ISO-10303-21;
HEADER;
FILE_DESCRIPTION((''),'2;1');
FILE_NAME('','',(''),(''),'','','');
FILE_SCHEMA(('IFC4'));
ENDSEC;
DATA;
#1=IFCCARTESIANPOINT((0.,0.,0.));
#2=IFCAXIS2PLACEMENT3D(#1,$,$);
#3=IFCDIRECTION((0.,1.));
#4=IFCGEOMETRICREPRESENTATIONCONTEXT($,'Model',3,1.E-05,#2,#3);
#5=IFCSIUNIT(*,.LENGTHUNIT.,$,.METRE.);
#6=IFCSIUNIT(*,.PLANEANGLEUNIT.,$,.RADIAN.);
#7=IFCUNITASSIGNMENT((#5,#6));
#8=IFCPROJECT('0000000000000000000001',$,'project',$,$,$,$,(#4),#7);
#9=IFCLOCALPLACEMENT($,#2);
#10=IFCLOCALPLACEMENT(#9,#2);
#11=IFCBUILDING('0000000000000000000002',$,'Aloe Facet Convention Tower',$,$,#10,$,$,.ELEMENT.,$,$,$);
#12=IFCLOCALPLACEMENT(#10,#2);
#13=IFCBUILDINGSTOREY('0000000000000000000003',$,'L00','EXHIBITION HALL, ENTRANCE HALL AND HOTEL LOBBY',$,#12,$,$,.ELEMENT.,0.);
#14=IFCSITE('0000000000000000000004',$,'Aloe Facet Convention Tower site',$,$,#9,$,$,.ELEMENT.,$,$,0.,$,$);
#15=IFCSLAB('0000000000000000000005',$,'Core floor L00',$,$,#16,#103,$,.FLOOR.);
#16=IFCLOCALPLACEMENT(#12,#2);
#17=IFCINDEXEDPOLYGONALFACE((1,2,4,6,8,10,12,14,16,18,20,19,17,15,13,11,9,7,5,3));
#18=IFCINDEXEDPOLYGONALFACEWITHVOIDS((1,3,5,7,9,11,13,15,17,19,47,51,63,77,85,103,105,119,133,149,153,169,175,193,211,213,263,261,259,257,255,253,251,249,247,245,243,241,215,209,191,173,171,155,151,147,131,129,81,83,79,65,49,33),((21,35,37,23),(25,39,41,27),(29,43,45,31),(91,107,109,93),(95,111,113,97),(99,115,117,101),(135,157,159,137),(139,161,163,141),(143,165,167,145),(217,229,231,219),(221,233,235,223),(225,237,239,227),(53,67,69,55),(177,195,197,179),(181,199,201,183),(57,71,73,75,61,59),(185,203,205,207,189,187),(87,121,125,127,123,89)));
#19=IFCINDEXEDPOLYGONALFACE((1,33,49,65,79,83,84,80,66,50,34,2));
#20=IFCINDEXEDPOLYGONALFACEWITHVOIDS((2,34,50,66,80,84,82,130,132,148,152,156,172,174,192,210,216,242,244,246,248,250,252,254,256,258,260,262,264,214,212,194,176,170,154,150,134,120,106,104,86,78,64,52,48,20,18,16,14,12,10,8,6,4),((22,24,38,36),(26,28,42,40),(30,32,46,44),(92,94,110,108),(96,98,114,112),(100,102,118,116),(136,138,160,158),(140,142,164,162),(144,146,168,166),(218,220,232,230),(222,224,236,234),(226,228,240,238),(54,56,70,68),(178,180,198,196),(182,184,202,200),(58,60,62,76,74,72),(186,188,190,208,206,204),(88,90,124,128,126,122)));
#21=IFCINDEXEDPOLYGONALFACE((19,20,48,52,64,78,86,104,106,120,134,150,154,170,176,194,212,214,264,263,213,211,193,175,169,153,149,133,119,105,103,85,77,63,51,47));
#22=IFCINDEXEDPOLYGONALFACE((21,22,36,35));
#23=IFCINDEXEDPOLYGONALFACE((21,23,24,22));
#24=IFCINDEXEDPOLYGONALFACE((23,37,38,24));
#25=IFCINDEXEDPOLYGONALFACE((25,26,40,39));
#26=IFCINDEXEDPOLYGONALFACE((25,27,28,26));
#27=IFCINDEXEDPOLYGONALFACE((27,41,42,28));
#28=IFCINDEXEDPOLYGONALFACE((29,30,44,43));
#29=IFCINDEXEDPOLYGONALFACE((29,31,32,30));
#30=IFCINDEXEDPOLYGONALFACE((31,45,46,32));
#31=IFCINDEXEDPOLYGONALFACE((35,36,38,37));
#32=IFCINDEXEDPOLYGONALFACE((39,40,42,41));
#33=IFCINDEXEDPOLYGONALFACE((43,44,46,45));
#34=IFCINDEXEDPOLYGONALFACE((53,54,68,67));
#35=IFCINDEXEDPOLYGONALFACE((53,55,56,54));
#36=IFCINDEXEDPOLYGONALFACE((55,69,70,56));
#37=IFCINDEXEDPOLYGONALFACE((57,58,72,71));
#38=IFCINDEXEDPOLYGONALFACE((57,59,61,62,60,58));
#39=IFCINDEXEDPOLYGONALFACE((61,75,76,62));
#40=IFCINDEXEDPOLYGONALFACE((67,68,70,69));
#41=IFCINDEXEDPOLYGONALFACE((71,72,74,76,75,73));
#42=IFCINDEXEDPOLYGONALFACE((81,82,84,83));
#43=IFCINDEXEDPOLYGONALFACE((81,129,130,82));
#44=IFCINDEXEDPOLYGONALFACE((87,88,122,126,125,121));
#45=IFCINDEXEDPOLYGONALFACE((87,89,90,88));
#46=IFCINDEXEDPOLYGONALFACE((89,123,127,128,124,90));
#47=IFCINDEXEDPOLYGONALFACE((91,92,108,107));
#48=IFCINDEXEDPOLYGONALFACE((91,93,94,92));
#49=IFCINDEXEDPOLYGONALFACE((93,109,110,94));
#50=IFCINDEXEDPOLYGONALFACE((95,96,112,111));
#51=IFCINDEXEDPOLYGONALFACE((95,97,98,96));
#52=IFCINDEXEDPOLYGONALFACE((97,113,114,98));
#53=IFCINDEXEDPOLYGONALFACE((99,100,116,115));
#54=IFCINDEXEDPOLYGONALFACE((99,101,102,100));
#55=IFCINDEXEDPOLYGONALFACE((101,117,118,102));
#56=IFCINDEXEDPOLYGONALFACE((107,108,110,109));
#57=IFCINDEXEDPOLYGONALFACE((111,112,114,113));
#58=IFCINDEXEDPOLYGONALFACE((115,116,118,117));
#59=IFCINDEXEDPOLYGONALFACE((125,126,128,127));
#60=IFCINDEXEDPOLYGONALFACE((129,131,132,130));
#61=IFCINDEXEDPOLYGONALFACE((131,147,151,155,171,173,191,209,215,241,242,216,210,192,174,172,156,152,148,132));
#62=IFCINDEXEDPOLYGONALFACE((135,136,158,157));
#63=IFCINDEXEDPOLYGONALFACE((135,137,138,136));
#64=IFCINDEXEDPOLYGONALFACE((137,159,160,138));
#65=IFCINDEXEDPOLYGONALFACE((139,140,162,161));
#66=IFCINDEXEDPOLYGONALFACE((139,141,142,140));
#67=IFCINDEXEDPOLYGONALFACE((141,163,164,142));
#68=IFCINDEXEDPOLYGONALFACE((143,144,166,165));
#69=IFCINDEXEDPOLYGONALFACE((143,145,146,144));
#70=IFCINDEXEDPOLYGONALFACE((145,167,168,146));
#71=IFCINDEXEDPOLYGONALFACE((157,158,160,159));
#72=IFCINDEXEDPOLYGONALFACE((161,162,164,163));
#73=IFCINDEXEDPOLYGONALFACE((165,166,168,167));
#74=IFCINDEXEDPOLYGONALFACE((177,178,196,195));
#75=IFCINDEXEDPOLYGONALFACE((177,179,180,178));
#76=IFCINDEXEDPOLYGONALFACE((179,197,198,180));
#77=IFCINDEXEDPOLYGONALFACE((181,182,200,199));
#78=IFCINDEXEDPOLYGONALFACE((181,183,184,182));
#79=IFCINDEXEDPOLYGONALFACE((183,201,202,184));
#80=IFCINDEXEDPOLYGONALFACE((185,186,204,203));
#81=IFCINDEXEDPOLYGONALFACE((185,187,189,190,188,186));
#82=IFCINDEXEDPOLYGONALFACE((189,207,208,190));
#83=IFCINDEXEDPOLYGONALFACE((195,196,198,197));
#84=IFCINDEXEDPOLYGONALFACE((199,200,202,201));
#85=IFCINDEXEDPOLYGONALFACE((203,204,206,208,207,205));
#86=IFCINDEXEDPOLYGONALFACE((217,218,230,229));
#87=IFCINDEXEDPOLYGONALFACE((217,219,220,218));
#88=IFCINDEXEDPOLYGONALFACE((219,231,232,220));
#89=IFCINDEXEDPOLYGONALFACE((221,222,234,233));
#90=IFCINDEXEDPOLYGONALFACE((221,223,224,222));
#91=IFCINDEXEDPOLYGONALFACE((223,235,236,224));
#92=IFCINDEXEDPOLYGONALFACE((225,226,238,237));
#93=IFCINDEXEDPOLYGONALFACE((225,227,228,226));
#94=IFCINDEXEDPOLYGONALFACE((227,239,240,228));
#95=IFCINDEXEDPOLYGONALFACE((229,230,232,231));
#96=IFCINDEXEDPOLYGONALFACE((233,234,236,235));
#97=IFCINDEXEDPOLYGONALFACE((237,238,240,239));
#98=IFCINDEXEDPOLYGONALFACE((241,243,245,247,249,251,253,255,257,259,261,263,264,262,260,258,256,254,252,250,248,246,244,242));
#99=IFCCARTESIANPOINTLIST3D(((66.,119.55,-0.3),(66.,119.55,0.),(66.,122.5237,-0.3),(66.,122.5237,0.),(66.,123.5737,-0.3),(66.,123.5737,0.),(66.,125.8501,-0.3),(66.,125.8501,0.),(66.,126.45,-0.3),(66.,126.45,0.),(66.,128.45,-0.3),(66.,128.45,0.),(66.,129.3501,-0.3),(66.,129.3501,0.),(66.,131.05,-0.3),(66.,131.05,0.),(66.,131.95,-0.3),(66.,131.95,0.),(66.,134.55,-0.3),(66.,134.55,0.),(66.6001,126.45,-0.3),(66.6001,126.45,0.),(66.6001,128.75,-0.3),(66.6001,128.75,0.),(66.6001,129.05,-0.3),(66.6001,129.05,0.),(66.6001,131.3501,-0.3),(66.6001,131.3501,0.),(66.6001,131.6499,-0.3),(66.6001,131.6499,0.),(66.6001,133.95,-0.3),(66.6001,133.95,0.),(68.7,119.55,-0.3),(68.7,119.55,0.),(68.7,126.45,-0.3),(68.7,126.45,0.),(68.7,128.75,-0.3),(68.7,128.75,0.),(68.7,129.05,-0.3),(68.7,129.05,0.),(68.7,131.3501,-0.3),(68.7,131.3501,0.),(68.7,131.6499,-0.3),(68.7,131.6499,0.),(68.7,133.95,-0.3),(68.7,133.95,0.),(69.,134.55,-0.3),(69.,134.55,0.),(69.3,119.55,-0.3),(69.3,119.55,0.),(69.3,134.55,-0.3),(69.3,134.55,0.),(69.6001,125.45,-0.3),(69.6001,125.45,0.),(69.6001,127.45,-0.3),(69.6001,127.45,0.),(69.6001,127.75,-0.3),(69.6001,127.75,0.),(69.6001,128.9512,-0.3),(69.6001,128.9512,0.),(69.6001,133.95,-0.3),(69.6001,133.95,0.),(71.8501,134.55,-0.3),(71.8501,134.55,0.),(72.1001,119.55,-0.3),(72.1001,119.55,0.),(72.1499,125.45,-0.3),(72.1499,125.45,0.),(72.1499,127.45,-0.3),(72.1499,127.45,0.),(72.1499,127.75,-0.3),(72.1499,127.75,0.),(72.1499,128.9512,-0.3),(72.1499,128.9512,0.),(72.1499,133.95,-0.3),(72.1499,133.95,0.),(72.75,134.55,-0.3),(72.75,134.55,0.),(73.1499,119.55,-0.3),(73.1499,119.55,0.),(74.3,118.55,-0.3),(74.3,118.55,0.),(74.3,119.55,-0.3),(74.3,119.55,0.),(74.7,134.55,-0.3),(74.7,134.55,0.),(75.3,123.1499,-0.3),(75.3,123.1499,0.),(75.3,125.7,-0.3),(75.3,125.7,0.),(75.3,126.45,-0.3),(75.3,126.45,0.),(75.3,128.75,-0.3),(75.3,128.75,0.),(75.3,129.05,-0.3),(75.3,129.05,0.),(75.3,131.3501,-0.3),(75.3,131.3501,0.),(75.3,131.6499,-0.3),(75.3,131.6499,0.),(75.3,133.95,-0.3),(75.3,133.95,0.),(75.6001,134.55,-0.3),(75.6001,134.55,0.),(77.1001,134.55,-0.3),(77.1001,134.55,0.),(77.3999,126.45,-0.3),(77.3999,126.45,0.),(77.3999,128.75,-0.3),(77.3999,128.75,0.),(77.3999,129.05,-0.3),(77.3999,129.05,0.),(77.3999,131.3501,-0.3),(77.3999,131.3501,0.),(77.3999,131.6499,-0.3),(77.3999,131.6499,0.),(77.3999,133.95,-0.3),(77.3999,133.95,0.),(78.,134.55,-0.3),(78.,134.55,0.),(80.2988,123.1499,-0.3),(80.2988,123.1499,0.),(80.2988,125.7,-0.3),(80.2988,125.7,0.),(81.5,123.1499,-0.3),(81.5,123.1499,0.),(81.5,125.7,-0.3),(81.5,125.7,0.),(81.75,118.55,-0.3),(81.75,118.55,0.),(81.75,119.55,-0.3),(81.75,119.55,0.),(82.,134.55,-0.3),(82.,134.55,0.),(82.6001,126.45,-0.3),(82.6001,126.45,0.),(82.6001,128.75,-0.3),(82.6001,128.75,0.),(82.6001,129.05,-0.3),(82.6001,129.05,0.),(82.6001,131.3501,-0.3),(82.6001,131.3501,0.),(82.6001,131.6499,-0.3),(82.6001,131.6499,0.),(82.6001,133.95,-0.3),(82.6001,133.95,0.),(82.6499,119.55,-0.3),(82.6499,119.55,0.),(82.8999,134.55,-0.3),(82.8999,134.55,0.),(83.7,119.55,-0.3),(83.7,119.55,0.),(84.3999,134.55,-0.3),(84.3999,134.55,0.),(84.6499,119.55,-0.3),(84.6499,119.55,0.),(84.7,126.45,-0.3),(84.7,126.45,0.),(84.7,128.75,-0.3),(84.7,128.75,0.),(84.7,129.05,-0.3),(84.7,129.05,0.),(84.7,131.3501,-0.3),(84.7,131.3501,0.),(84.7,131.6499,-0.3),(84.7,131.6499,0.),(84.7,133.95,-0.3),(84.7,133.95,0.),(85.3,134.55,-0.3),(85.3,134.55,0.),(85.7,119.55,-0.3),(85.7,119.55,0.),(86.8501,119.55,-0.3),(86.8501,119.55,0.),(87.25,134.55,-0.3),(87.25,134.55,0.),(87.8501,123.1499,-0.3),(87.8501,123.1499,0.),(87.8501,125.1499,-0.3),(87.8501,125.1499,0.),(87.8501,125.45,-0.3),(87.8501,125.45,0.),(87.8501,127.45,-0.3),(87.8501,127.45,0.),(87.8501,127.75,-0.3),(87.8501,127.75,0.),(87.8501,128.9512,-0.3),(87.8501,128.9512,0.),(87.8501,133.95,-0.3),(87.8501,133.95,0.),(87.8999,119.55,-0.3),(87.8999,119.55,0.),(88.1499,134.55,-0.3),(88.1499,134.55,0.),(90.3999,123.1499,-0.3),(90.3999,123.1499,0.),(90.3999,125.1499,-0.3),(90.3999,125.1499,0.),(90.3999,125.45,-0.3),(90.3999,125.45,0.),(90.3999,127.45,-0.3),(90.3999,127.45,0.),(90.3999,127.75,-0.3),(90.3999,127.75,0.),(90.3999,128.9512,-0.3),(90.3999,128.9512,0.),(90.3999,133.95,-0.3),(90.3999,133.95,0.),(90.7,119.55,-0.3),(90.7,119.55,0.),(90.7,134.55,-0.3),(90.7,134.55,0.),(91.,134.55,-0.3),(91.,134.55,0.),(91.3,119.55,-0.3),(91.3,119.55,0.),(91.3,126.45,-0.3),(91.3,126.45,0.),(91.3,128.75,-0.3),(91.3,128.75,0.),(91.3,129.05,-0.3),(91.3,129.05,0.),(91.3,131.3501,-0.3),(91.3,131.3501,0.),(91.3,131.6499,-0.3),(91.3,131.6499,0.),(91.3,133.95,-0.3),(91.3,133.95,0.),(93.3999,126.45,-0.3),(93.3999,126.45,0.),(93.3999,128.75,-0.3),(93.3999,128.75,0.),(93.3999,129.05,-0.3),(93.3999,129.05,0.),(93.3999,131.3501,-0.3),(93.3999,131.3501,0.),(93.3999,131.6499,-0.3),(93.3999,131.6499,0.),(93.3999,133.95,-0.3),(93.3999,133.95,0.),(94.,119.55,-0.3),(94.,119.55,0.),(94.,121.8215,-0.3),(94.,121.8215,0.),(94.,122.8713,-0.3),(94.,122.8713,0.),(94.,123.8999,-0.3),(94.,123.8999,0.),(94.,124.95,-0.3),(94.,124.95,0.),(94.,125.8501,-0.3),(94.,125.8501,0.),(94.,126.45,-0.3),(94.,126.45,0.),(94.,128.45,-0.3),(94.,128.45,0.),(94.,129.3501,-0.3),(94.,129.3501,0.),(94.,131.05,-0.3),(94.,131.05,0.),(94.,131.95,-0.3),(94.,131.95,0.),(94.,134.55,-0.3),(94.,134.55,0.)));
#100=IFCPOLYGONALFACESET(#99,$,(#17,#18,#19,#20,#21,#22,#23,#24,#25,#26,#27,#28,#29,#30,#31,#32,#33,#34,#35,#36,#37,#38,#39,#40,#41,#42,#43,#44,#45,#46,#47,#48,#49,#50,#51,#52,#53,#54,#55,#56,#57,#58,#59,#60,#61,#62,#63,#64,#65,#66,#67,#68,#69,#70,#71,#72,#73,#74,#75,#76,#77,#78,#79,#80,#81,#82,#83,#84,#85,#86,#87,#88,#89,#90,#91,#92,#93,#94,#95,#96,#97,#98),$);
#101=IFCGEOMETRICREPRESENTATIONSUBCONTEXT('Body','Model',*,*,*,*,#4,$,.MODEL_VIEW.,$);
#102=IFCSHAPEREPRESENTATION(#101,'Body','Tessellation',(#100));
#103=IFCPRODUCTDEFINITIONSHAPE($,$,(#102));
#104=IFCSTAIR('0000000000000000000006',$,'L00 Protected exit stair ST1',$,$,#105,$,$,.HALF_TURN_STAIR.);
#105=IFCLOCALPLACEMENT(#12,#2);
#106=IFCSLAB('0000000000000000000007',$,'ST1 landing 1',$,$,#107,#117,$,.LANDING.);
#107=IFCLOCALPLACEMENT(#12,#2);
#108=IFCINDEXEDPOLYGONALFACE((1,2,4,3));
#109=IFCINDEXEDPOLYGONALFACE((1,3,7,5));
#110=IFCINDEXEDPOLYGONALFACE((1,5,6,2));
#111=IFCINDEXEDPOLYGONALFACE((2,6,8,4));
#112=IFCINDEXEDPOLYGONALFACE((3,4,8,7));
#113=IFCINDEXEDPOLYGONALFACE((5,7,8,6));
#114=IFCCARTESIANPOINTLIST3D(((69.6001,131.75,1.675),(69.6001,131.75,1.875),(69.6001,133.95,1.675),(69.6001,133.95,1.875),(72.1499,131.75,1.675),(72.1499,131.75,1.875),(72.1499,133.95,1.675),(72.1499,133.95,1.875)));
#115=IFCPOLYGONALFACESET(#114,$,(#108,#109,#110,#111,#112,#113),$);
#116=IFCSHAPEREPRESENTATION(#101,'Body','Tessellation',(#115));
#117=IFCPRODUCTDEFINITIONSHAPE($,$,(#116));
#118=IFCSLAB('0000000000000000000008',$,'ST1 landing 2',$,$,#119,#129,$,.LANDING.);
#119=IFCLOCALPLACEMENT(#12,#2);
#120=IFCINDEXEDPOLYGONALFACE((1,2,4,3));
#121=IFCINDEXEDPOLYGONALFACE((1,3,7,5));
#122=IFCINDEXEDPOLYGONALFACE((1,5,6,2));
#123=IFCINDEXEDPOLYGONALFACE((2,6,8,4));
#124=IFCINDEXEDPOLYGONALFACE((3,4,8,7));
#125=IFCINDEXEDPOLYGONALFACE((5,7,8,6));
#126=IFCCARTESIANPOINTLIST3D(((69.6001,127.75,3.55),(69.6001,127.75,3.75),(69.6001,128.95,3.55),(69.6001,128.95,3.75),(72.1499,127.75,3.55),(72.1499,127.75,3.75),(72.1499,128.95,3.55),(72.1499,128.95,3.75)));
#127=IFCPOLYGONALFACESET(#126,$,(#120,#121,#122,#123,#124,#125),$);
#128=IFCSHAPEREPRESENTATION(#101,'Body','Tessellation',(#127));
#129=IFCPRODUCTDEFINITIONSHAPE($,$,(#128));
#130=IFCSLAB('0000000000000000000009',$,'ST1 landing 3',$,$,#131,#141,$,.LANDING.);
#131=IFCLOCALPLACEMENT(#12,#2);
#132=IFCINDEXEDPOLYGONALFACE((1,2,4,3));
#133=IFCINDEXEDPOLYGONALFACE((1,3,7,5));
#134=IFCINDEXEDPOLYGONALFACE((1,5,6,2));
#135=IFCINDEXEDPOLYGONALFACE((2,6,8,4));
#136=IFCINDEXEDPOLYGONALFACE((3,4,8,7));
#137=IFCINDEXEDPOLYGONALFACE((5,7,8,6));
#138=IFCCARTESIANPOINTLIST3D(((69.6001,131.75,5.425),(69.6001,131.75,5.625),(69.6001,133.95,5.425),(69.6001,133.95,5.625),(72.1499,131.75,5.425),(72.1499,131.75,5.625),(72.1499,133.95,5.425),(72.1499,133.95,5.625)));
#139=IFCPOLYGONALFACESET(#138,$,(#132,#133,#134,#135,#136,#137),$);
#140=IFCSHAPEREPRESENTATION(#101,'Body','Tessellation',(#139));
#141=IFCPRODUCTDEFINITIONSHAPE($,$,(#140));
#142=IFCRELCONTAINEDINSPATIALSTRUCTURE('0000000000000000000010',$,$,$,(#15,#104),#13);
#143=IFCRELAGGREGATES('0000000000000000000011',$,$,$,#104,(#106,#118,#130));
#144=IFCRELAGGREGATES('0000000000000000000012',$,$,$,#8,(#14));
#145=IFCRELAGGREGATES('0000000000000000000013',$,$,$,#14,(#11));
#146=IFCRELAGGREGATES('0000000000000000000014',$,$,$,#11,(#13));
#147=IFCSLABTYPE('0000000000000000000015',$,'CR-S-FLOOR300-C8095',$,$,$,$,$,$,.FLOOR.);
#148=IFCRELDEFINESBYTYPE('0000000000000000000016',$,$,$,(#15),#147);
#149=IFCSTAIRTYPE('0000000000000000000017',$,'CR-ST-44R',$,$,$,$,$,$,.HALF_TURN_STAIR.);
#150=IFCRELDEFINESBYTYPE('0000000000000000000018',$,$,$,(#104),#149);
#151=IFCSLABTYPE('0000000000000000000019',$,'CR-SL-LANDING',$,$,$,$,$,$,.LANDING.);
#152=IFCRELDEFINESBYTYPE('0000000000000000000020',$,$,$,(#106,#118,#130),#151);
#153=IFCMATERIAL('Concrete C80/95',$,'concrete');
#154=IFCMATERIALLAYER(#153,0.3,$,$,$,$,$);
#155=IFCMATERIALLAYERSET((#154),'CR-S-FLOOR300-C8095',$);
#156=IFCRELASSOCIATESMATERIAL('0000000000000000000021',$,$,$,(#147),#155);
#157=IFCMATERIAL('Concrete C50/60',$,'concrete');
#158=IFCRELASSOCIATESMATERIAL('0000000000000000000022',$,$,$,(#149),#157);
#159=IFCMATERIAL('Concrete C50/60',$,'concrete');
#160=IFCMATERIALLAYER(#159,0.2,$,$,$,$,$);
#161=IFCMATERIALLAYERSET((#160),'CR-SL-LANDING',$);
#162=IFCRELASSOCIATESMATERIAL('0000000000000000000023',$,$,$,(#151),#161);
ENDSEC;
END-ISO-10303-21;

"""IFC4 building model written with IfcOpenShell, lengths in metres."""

from ifc_helpers import new_model, si_unit, direction, frame, origin, place, context, subcontext, project, spatial, polyline, outline, extrude, material, layer, layer_set, type_object, element, aggregate, save


model = new_model("IFC4")

# Units and contexts
model_context = context("Model", 3, precision=1e-05, world=origin(), true_north=direction((0.0, 1.0)))
body_context = subcontext(model_context, "Body", "Model", "MODEL_VIEW")
ifc_project = project(units=[si_unit("LENGTHUNIT", "METRE"), si_unit("PLANEANGLEUNIT", "RADIAN")], contexts=[model_context])

# Site, building, storey
site_placement = place(None, origin())
site = spatial("IfcSite", under=ifc_project, at=site_placement, Name="Aloe Facet Convention Tower site", CompositionType="ELEMENT", RefElevation=0.0)
building_placement = place(site_placement, origin())
building = spatial("IfcBuilding", under=site, at=building_placement, Name="Aloe Facet Convention Tower", CompositionType="ELEMENT")
storey_placement = place(building_placement, origin())
storey = spatial("IfcBuildingStorey", under=building, at=storey_placement, Name="L00", Description="EXHIBITION HALL, ENTRANCE HALL AND HOTEL LOBBY", CompositionType="ELEMENT", Elevation=0.0)

# Slab
ifc_material_1 = material(Name="Concrete C80/95", Category="concrete")
ifc_layer_1 = layer(ifc_material_1, 0.3)
ifc_layer_set_1 = layer_set([ifc_layer_1], Name="CR-S-FLOOR300-C8095")
slab_type_1 = type_object("IfcSlabType", Name="CR-S-FLOOR300-C8095", PredefinedType="FLOOR", material=ifc_layer_set_1)
slab_1_placement = place(storey_placement, frame((0.0, 0.0, -0.3)))
element("IfcSlab", 1, at=slab_1_placement, inside=storey, type_object=slab_type_1, Name="Core floor L00", PredefinedType="FLOOR", context=body_context, shape_type="SweptSolid", body=[
    extrude(outline(polyline([(69.3, 134.55), (71.8501, 134.55), (72.75, 134.55), (74.7, 134.55), (75.6001, 134.55), (77.1001, 134.55), (78.0, 134.55), (82.0, 134.55), (82.8999, 134.55), (84.3999, 134.55), (85.3, 134.55), (87.25, 134.55), (88.1499, 134.55), (90.7, 134.55), (91.0, 134.55), (94.0, 134.55), (94.0, 131.95), (94.0, 131.05), (94.0, 129.3501), (94.0, 128.45), (94.0, 126.45), (94.0, 125.8501), (94.0, 124.95), (94.0, 123.8999), (94.0, 122.8713), (94.0, 121.8215), (94.0, 119.55), (91.3, 119.55), (90.7, 119.55), (87.8999, 119.55), (86.8501, 119.55), (85.7, 119.55), (84.6499, 119.55), (83.7, 119.55), (82.6499, 119.55), (81.75, 119.55), (81.75, 118.55), (74.3, 118.55), (74.3, 119.55), (73.1499, 119.55), (72.1001, 119.55), (69.3, 119.55), (68.7, 119.55), (66.0, 119.55), (66.0, 122.5237), (66.0, 123.5737), (66.0, 125.8501), (66.0, 126.45), (66.0, 128.45), (66.0, 129.3501), (66.0, 131.05), (66.0, 131.95), (66.0, 134.55), (69.0, 134.55), (69.3, 134.55)]), holes=[polyline([(75.3, 123.1499), (80.2988, 123.1499), (81.5, 123.1499), (81.5, 125.7), (80.2988, 125.7), (75.3, 125.7), (75.3, 123.1499)]), polyline([(69.6001, 125.45), (72.1499, 125.45), (72.1499, 127.45), (69.6001, 127.45), (69.6001, 125.45)]), polyline([(66.6001, 126.45), (68.7, 126.45), (68.7, 128.75), (66.6001, 128.75), (66.6001, 126.45)]), polyline([(75.3, 126.45), (77.3999, 126.45), (77.3999, 128.75), (75.3, 128.75), (75.3, 126.45)]), polyline([(66.6001, 129.05), (68.7, 129.05), (68.7, 131.3501), (66.6001, 131.3501), (66.6001, 129.05)]), polyline([(75.3, 129.05), (77.3999, 129.05), (77.3999, 131.3501), (75.3, 131.3501), (75.3, 129.05)]), polyline([(69.6001, 133.95), (69.6001, 128.9512), (69.6001, 127.75), (72.1499, 127.75), (72.1499, 128.9512), (72.1499, 133.95), (69.6001, 133.95)]), polyline([(66.6001, 133.95), (66.6001, 131.6499), (68.7, 131.6499), (68.7, 133.95), (66.6001, 133.95)]), polyline([(75.3, 133.95), (75.3, 131.6499), (77.3999, 131.6499), (77.3999, 133.95), (75.3, 133.95)]), polyline([(87.8501, 123.1499), (90.3999, 123.1499), (90.3999, 125.1499), (87.8501, 125.1499), (87.8501, 123.1499)]), polyline([(87.8501, 125.45), (90.3999, 125.45), (90.3999, 127.45), (87.8501, 127.45), (87.8501, 125.45)]), polyline([(82.6001, 126.45), (84.7, 126.45), (84.7, 128.75), (82.6001, 128.75), (82.6001, 126.45)]), polyline([(91.3, 126.45), (93.3999, 126.45), (93.3999, 128.75), (91.3, 128.75), (91.3, 126.45)]), polyline([(82.6001, 129.05), (84.7, 129.05), (84.7, 131.3501), (82.6001, 131.3501), (82.6001, 129.05)]), polyline([(91.3, 129.05), (93.3999, 129.05), (93.3999, 131.3501), (91.3, 131.3501), (91.3, 129.05)]), polyline([(87.8501, 133.95), (87.8501, 128.9512), (87.8501, 127.75), (90.3999, 127.75), (90.3999, 128.9512), (90.3999, 133.95), (87.8501, 133.95)]), polyline([(82.6001, 133.95), (82.6001, 131.6499), (84.7, 131.6499), (84.7, 133.95), (82.6001, 133.95)]), polyline([(91.3, 133.95), (91.3, 131.6499), (93.3999, 131.6499), (93.3999, 133.95), (91.3, 133.95)])]), origin(), (0.0, 0.0, 1.0), 0.3),
])

# Stair, slabs
ifc_material_2 = material(Name="Concrete C50/60", Category="concrete")
stair_type_1 = type_object("IfcStairType", Name="CR-ST-44R", PredefinedType="HALF_TURN_STAIR", material=ifc_material_2)
stair_1_placement = place(storey_placement, origin())
stair_1 = element("IfcStair", 2, at=stair_1_placement, inside=storey, type_object=stair_type_1, Name="L00 Protected exit stair ST1", PredefinedType="HALF_TURN_STAIR")
ifc_material_3 = material(Name="Concrete C50/60", Category="concrete")
ifc_layer_2 = layer(ifc_material_3, 0.2)
ifc_layer_set_2 = layer_set([ifc_layer_2], Name="CR-SL-LANDING")
slab_type_2 = type_object("IfcSlabType", Name="CR-SL-LANDING", PredefinedType="LANDING", material=ifc_layer_set_2)
slab_2_placement = place(storey_placement, frame((0.0, 0.0, 1.675)))
slab_2 = element("IfcSlab", 3, at=slab_2_placement, type_object=slab_type_2, Name="ST1 landing 1", PredefinedType="LANDING", context=body_context, shape_type="SweptSolid", body=[
    extrude(outline(polyline([(72.1499, 131.75), (72.1499, 133.95), (69.6001, 133.95), (69.6001, 131.75), (72.1499, 131.75)])), origin(), (0.0, 0.0, 1.0), 0.2),
])
slab_3_placement = place(storey_placement, frame((0.0, 0.0, 3.55)))
slab_3 = element("IfcSlab", 4, at=slab_3_placement, type_object=slab_type_2, Name="ST1 landing 2", PredefinedType="LANDING", context=body_context, shape_type="SweptSolid", body=[
    extrude(outline(polyline([(72.1499, 127.75), (72.1499, 128.95), (69.6001, 128.95), (69.6001, 127.75), (72.1499, 127.75)])), origin(), (0.0, 0.0, 1.0), 0.2),
])
slab_4_placement = place(storey_placement, frame((0.0, 0.0, 5.425)))
slab_4 = element("IfcSlab", 5, at=slab_4_placement, type_object=slab_type_2, Name="ST1 landing 3", PredefinedType="LANDING", context=body_context, shape_type="SweptSolid", body=[
    extrude(outline(polyline([(72.1499, 131.75), (72.1499, 133.95), (69.6001, 133.95), (69.6001, 131.75), (72.1499, 131.75)])), origin(), (0.0, 0.0, 1.0), 0.2),
])
aggregate(stair_1, [slab_2, slab_3, slab_4])

save(model, "model.ifc")
